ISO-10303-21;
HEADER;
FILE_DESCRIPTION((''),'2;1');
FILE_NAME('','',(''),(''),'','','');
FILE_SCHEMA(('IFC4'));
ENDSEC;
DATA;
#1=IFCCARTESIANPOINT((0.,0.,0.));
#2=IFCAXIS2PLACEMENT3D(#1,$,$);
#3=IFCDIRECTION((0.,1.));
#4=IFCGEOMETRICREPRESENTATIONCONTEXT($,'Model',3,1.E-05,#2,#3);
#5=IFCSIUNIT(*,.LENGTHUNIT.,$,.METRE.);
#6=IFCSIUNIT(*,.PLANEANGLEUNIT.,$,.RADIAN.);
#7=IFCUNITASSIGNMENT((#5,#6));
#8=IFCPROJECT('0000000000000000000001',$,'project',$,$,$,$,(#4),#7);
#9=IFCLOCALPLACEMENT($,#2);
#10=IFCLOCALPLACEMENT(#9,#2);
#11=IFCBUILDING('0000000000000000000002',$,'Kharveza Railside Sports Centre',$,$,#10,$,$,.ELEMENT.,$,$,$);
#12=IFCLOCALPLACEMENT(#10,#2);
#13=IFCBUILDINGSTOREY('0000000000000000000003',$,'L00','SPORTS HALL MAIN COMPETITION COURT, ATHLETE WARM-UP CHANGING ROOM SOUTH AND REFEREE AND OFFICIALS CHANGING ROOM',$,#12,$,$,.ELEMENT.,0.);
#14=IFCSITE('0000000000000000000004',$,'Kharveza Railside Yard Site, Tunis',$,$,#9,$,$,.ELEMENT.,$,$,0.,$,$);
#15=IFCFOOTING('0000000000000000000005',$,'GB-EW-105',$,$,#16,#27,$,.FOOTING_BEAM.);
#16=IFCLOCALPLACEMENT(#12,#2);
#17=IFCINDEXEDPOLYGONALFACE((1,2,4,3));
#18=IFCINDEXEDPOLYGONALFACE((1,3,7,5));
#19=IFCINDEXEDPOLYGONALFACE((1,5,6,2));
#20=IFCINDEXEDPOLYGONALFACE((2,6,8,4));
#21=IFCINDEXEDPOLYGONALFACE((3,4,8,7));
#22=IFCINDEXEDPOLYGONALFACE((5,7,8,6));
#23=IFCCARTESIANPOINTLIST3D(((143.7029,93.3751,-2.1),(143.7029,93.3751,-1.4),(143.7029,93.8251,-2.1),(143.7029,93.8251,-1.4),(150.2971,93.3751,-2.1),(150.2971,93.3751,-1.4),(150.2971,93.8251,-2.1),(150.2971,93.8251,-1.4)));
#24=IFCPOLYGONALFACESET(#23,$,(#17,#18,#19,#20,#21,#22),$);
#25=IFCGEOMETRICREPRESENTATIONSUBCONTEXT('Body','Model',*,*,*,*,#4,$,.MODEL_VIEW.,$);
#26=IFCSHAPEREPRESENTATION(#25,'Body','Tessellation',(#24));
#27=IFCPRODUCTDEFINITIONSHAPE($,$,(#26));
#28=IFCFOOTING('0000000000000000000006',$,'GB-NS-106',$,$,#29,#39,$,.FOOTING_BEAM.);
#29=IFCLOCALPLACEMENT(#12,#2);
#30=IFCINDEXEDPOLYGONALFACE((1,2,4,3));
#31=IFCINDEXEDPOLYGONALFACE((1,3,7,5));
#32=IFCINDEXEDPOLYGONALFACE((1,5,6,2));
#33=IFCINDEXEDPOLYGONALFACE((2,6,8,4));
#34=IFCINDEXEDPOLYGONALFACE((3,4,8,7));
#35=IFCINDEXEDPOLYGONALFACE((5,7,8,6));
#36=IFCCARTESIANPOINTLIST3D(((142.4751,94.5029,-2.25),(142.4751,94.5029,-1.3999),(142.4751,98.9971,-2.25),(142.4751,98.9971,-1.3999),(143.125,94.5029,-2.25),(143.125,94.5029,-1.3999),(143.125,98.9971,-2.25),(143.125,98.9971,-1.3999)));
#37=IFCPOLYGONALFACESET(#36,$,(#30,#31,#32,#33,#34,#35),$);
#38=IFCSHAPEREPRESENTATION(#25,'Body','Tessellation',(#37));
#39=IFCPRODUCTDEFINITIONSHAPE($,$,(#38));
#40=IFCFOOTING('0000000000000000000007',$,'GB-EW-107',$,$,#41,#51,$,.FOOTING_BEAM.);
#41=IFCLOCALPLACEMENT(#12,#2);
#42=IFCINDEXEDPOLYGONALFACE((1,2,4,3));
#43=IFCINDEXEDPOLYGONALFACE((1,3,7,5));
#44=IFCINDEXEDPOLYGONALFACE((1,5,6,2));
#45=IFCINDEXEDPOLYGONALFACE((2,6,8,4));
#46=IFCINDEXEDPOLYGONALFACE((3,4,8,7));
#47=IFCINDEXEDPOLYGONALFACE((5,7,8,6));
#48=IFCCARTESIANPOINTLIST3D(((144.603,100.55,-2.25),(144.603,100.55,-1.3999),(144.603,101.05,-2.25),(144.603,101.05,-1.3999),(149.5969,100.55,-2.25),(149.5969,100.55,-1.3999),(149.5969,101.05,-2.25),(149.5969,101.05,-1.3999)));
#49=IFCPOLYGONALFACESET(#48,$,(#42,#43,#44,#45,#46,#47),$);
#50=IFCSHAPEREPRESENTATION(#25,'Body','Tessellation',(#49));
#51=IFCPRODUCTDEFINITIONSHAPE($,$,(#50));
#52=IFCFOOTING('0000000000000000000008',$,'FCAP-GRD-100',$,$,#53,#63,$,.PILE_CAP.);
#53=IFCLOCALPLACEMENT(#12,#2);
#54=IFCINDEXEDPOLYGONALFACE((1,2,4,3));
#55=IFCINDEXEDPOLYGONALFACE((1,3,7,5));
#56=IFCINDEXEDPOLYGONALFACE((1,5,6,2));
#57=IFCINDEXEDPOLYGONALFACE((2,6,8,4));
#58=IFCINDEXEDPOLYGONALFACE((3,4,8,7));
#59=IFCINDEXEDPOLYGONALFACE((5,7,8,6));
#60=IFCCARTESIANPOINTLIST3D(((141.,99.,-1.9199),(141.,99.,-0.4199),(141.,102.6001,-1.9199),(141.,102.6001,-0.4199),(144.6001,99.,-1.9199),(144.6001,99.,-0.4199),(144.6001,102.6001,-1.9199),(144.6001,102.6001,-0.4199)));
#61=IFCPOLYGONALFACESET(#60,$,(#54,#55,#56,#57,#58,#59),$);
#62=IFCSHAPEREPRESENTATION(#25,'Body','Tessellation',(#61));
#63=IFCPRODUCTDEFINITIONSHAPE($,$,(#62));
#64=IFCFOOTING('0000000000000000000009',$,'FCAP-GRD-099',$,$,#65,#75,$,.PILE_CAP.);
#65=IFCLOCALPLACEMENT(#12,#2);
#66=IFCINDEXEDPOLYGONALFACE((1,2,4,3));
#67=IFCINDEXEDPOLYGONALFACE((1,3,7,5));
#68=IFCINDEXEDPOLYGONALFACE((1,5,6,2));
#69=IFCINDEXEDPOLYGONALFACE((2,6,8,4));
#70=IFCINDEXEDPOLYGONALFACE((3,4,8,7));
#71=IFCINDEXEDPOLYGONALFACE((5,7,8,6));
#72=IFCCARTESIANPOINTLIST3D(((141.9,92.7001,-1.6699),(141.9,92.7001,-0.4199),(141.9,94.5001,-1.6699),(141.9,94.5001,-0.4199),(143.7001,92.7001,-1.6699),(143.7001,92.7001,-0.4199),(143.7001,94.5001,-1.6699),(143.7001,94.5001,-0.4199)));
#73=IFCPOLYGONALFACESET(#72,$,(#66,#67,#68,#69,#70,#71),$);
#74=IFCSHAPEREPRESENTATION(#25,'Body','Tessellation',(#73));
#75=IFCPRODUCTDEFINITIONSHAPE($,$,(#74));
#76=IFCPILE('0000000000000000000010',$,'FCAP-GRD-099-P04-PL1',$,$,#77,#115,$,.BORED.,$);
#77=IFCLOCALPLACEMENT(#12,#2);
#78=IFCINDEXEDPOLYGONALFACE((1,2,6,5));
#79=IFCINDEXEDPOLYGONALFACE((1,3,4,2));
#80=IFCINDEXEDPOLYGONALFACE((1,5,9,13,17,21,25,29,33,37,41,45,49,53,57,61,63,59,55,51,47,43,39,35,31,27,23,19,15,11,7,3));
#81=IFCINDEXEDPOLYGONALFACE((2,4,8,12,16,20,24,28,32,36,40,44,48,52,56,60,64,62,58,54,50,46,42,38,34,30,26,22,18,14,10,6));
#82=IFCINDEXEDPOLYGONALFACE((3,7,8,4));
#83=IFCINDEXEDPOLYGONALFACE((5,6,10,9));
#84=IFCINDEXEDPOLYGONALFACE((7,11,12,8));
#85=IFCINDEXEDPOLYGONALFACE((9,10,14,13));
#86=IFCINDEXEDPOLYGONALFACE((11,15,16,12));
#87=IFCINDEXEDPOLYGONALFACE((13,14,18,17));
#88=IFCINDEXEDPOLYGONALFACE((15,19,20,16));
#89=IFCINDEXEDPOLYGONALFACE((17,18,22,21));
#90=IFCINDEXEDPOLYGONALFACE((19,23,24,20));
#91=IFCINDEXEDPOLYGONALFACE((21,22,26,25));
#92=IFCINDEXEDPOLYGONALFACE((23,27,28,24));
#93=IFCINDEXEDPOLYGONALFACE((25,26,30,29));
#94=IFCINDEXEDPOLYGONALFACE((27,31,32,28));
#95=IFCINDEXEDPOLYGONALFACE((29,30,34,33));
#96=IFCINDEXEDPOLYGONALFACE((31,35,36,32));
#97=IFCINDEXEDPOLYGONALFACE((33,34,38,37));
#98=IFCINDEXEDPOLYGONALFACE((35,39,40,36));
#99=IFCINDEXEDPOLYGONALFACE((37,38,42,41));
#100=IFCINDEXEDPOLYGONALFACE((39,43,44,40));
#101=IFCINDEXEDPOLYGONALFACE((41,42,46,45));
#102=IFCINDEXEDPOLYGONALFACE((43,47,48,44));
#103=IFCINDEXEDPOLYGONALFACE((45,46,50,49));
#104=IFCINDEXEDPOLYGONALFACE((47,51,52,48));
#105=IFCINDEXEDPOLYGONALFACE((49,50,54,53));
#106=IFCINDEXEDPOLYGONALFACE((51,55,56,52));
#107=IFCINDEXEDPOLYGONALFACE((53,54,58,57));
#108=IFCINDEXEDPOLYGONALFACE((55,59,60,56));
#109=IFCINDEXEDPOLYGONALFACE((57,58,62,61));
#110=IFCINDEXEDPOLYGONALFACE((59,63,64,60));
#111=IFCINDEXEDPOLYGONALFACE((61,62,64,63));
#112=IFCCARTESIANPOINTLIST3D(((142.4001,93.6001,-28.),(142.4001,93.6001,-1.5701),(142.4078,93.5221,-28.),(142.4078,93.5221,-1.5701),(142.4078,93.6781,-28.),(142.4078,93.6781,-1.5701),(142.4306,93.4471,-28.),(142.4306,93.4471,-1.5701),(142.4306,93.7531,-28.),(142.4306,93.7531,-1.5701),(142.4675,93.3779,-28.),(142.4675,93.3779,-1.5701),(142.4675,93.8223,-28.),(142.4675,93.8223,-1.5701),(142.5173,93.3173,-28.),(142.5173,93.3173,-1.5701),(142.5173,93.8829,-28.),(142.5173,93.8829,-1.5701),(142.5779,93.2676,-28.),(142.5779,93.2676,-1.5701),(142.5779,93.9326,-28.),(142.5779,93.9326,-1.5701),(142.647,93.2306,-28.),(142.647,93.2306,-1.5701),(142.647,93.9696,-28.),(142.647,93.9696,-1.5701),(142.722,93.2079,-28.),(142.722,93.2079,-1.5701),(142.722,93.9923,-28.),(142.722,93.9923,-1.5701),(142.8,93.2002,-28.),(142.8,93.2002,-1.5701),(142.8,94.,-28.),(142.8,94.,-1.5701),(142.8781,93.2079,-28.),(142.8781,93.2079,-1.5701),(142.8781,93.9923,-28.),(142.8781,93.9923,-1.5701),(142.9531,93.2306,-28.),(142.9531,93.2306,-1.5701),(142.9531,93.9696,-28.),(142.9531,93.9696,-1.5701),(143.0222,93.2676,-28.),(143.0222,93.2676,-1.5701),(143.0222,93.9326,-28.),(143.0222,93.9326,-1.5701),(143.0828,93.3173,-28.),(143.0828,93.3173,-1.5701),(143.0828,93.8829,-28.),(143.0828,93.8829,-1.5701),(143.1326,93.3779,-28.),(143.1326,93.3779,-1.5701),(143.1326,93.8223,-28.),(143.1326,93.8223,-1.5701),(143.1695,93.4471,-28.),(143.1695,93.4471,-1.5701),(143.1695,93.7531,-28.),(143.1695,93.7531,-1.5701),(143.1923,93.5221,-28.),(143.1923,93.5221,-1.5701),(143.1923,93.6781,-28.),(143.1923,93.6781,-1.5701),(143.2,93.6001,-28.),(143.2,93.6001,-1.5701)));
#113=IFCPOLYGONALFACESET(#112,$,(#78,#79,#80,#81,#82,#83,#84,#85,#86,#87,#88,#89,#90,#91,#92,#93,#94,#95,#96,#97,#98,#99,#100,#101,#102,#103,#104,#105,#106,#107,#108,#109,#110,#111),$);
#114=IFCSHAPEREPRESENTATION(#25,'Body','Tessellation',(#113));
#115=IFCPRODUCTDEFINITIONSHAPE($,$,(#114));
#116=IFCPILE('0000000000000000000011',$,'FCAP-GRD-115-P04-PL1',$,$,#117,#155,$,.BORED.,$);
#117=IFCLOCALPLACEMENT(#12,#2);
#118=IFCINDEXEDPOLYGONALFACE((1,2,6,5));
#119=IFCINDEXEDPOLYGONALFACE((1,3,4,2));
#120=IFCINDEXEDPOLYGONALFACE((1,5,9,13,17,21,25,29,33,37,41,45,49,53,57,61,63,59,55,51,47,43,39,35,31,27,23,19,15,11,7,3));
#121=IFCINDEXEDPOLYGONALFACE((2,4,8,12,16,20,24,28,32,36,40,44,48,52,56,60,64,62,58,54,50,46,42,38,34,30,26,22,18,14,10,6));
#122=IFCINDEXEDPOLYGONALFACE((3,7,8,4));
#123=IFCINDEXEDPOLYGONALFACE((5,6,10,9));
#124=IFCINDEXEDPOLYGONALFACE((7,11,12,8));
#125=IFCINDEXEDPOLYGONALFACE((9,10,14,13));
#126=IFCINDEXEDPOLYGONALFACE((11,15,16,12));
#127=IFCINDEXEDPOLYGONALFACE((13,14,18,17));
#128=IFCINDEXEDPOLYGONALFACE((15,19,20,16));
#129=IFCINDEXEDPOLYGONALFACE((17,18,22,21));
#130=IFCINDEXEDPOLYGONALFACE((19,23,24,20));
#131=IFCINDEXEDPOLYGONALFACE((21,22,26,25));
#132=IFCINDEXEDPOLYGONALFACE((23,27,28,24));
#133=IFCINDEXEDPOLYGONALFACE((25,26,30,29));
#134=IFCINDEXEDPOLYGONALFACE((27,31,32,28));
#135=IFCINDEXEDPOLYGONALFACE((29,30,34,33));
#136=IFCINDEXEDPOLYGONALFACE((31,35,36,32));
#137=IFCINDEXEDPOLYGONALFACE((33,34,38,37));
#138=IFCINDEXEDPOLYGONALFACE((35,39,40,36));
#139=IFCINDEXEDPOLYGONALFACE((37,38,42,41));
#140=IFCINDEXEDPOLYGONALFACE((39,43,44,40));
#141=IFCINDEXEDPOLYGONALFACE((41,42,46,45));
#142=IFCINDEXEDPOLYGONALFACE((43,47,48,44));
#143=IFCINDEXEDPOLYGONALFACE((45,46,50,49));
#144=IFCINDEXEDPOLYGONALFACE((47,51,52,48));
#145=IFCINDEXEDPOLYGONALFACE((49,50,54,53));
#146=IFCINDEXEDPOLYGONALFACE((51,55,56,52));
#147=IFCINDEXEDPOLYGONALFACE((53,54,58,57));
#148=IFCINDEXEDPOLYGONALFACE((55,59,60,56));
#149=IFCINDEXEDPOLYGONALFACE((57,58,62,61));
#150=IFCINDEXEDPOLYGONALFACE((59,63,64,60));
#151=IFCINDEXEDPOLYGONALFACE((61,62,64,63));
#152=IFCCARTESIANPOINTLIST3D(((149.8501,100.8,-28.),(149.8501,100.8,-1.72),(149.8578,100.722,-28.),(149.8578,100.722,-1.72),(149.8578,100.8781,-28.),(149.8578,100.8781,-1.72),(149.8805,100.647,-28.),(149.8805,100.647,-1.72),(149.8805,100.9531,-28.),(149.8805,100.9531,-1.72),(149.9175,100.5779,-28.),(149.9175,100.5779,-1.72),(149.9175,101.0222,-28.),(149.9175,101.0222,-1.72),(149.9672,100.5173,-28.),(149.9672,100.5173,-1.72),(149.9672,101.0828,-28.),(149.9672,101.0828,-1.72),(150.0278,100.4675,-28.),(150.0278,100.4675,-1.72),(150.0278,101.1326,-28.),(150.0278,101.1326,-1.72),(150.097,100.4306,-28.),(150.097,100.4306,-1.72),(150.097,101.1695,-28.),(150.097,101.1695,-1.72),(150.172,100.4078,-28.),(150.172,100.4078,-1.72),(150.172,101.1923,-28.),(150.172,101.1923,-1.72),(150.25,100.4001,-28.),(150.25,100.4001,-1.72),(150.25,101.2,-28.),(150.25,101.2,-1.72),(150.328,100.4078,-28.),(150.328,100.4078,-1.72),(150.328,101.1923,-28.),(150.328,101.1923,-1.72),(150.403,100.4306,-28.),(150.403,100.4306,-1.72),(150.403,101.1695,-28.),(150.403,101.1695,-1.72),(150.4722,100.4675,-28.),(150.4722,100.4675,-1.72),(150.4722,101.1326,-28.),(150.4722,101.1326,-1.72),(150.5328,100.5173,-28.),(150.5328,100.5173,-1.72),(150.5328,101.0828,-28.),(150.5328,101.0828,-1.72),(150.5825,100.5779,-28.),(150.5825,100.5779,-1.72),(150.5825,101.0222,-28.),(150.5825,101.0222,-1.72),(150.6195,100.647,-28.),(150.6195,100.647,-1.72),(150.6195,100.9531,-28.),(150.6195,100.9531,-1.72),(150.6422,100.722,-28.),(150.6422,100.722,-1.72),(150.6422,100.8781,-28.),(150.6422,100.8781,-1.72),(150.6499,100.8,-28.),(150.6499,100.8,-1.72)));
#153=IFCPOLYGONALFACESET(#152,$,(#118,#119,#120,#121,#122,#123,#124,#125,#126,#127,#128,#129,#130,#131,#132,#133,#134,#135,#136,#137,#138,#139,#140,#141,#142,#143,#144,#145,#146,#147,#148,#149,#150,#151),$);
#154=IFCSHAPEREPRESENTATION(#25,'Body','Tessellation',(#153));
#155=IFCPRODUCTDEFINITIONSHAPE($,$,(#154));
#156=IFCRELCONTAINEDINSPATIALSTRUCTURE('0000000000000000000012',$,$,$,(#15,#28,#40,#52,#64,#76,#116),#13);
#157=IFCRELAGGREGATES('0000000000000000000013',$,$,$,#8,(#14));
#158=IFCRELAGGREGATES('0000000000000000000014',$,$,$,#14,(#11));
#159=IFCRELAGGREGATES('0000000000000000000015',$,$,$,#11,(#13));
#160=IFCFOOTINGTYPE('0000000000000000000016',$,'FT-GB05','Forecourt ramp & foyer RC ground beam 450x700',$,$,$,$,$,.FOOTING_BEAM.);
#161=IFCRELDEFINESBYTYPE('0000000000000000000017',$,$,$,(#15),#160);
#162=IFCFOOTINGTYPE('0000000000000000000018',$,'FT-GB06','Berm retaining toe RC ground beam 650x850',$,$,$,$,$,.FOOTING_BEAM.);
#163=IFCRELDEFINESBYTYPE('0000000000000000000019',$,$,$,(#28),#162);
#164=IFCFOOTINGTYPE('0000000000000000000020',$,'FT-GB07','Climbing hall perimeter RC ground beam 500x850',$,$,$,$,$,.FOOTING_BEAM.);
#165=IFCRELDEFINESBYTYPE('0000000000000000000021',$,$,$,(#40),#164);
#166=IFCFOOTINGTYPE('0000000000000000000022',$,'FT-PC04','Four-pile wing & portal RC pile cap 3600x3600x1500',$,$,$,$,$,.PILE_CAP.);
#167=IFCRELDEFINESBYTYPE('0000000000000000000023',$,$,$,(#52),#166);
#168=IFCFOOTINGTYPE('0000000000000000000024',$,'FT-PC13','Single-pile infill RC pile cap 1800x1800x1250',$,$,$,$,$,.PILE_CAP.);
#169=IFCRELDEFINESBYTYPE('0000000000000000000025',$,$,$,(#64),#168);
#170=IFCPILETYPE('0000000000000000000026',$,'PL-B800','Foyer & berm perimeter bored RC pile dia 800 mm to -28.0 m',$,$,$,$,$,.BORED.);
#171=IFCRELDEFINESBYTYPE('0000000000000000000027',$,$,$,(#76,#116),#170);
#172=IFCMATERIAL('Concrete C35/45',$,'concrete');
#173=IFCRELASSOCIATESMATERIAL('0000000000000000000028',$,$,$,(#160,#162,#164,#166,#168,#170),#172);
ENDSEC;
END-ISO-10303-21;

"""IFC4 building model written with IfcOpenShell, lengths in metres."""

from ifc_helpers import new_model, si_unit, direction, frame, origin, origin_2d, place, context, subcontext, project, spatial, rectangle, circle, extrude, material, material_profile, profile_set, type_object, element, save


model = new_model("IFC4")

# Units and contexts
model_context = context("Model", 3, precision=1e-05, world=origin(), true_north=direction((0.0, 1.0)))
body_context = subcontext(model_context, "Body", "Model", "MODEL_VIEW")
ifc_project = project(units=[si_unit("LENGTHUNIT", "METRE"), si_unit("PLANEANGLEUNIT", "RADIAN")], contexts=[model_context])

# Site, building, storey
site_placement = place(None, origin())
site = spatial("IfcSite", under=ifc_project, at=site_placement, Name="Kharveza Railside Yard Site, Tunis", CompositionType="ELEMENT", RefElevation=0.0)
building_placement = place(site_placement, origin())
building = spatial("IfcBuilding", under=site, at=building_placement, Name="Kharveza Railside Sports Centre", CompositionType="ELEMENT")
storey_placement = place(building_placement, origin())
storey = spatial("IfcBuildingStorey", under=building, at=storey_placement, Name="L00", Description="SPORTS HALL MAIN COMPETITION COURT, ATHLETE WARM-UP CHANGING ROOM SOUTH AND REFEREE AND OFFICIALS CHANGING ROOM", CompositionType="ELEMENT", Elevation=0.0)

# Footings
ifc_material_1 = material(Name="Concrete C35/45", Category="concrete")
ifc_material_profile_1 = material_profile(ifc_material_1, rectangle(XDim=0.45, YDim=0.7, at=origin_2d()), Name="GB 450x700")
ifc_profile_set_1 = profile_set([ifc_material_profile_1], Name="Concrete C35/45")
footing_type_1 = type_object("IfcFootingType", Name="FT-GB05", Description="Forecourt ramp & foyer RC ground beam 450x700", PredefinedType="FOOTING_BEAM", material=ifc_profile_set_1)
footing_1_placement = place(storey_placement, frame((143.7029, 93.6001, -1.75), z_axis=(1.0, 0.0, 0.0), x_axis=(0.0, 1.0, 0.0)))
element("IfcFooting", 1, at=footing_1_placement, inside=storey, type_object=footing_type_1, Name="GB-EW-105", PredefinedType="FOOTING_BEAM", context=body_context, shape_type="SweptSolid", body=[
    extrude(rectangle(XDim=0.45, YDim=0.7, at=origin_2d()), origin(), (0.0, 0.0, 1.0), 6.5942),
])
ifc_material_profile_2 = material_profile(ifc_material_1, rectangle(XDim=0.6499, YDim=0.8501, at=origin_2d()), Name="GB 650x850")
ifc_profile_set_2 = profile_set([ifc_material_profile_2], Name="Concrete C35/45")
footing_type_2 = type_object("IfcFootingType", Name="FT-GB06", Description="Berm retaining toe RC ground beam 650x850", PredefinedType="FOOTING_BEAM", material=ifc_profile_set_2)
footing_2_placement = place(storey_placement, frame((142.8, 94.5029, -1.825), z_axis=(0.0, 1.0, 0.0), x_axis=(-1.0, 0.0, 0.0)))
element("IfcFooting", 2, at=footing_2_placement, inside=storey, type_object=footing_type_2, Name="GB-NS-106", PredefinedType="FOOTING_BEAM", context=body_context, shape_type="SweptSolid", body=[
    extrude(rectangle(XDim=0.6499, YDim=0.8501, at=origin_2d()), origin(), (0.0, 0.0, 1.0), 4.4941),
])
ifc_material_profile_3 = material_profile(ifc_material_1, rectangle(XDim=0.5, YDim=0.8501, at=origin_2d()), Name="GB 500x850")
ifc_profile_set_3 = profile_set([ifc_material_profile_3], Name="Concrete C35/45")
footing_type_3 = type_object("IfcFootingType", Name="FT-GB07", Description="Climbing hall perimeter RC ground beam 500x850", PredefinedType="FOOTING_BEAM", material=ifc_profile_set_3)
footing_3_placement = place(storey_placement, frame((144.603, 100.8, -1.825), z_axis=(1.0, 0.0, 0.0), x_axis=(0.0, 1.0, 0.0)))
element("IfcFooting", 3, at=footing_3_placement, inside=storey, type_object=footing_type_3, Name="GB-EW-107", PredefinedType="FOOTING_BEAM", context=body_context, shape_type="SweptSolid", body=[
    extrude(rectangle(XDim=0.5, YDim=0.8501, at=origin_2d()), origin(), (0.0, 0.0, 1.0), 4.9939),
])
footing_type_4 = type_object("IfcFootingType", Name="FT-PC04", Description="Four-pile wing & portal RC pile cap 3600x3600x1500", PredefinedType="PILE_CAP", material=ifc_material_1)
footing_4_placement = place(storey_placement, frame((142.8, 100.8, -1.9199), z_axis=(0.0, 0.0, 1.0), x_axis=(1.0, 0.0, 0.0)))
element("IfcFooting", 4, at=footing_4_placement, inside=storey, type_object=footing_type_4, Name="FCAP-GRD-100", PredefinedType="PILE_CAP", context=body_context, shape_type="SweptSolid", body=[
    extrude(rectangle(XDim=3.6001, YDim=3.6001, at=origin_2d()), origin(), (0.0, 0.0, 1.0), 1.5),
])
footing_type_5 = type_object("IfcFootingType", Name="FT-PC13", Description="Single-pile infill RC pile cap 1800x1800x1250", PredefinedType="PILE_CAP", material=ifc_material_1)
footing_5_placement = place(storey_placement, frame((142.8, 93.6001, -1.6699), z_axis=(0.0, 0.0, 1.0), x_axis=(1.0, 0.0, 0.0)))
element("IfcFooting", 5, at=footing_5_placement, inside=storey, type_object=footing_type_5, Name="FCAP-GRD-099", PredefinedType="PILE_CAP", context=body_context, shape_type="SweptSolid", body=[
    extrude(rectangle(XDim=1.8, YDim=1.8, at=origin_2d()), origin(), (0.0, 0.0, 1.0), 1.25),
])

# Piles
ifc_material_profile_4 = material_profile(ifc_material_1, circle(Radius=0.3999, at=origin_2d()), Name="PILE D800")
ifc_profile_set_4 = profile_set([ifc_material_profile_4], Name="Concrete C35/45")
pile_type_1 = type_object("IfcPileType", Name="PL-B800", Description="Foyer & berm perimeter bored RC pile dia 800 mm to -28.0 m", PredefinedType="BORED", material=ifc_profile_set_4)
pile_1_placement = place(storey_placement, frame((142.8, 93.6001, -1.5701), z_axis=(0.0, 0.0, -1.0), x_axis=(1.0, 0.0, 0.0)))
element("IfcPile", 6, at=pile_1_placement, inside=storey, type_object=pile_type_1, Name="FCAP-GRD-099-P04-PL1", PredefinedType="BORED", context=body_context, shape_type="SweptSolid", body=[
    extrude(circle(Radius=0.3999, at=origin_2d()), origin(), (0.0, 0.0, 1.0), 26.4299),
])
pile_2_placement = place(storey_placement, frame((150.25, 100.8, -1.72), z_axis=(0.0, 0.0, -1.0), x_axis=(1.0, 0.0, 0.0)))
element("IfcPile", 7, at=pile_2_placement, inside=storey, type_object=pile_type_1, Name="FCAP-GRD-115-P04-PL1", PredefinedType="BORED", context=body_context, shape_type="SweptSolid", body=[
    extrude(circle(Radius=0.3999, at=origin_2d()), origin(), (0.0, 0.0, 1.0), 26.28),
])

save(model, "model.ifc")
